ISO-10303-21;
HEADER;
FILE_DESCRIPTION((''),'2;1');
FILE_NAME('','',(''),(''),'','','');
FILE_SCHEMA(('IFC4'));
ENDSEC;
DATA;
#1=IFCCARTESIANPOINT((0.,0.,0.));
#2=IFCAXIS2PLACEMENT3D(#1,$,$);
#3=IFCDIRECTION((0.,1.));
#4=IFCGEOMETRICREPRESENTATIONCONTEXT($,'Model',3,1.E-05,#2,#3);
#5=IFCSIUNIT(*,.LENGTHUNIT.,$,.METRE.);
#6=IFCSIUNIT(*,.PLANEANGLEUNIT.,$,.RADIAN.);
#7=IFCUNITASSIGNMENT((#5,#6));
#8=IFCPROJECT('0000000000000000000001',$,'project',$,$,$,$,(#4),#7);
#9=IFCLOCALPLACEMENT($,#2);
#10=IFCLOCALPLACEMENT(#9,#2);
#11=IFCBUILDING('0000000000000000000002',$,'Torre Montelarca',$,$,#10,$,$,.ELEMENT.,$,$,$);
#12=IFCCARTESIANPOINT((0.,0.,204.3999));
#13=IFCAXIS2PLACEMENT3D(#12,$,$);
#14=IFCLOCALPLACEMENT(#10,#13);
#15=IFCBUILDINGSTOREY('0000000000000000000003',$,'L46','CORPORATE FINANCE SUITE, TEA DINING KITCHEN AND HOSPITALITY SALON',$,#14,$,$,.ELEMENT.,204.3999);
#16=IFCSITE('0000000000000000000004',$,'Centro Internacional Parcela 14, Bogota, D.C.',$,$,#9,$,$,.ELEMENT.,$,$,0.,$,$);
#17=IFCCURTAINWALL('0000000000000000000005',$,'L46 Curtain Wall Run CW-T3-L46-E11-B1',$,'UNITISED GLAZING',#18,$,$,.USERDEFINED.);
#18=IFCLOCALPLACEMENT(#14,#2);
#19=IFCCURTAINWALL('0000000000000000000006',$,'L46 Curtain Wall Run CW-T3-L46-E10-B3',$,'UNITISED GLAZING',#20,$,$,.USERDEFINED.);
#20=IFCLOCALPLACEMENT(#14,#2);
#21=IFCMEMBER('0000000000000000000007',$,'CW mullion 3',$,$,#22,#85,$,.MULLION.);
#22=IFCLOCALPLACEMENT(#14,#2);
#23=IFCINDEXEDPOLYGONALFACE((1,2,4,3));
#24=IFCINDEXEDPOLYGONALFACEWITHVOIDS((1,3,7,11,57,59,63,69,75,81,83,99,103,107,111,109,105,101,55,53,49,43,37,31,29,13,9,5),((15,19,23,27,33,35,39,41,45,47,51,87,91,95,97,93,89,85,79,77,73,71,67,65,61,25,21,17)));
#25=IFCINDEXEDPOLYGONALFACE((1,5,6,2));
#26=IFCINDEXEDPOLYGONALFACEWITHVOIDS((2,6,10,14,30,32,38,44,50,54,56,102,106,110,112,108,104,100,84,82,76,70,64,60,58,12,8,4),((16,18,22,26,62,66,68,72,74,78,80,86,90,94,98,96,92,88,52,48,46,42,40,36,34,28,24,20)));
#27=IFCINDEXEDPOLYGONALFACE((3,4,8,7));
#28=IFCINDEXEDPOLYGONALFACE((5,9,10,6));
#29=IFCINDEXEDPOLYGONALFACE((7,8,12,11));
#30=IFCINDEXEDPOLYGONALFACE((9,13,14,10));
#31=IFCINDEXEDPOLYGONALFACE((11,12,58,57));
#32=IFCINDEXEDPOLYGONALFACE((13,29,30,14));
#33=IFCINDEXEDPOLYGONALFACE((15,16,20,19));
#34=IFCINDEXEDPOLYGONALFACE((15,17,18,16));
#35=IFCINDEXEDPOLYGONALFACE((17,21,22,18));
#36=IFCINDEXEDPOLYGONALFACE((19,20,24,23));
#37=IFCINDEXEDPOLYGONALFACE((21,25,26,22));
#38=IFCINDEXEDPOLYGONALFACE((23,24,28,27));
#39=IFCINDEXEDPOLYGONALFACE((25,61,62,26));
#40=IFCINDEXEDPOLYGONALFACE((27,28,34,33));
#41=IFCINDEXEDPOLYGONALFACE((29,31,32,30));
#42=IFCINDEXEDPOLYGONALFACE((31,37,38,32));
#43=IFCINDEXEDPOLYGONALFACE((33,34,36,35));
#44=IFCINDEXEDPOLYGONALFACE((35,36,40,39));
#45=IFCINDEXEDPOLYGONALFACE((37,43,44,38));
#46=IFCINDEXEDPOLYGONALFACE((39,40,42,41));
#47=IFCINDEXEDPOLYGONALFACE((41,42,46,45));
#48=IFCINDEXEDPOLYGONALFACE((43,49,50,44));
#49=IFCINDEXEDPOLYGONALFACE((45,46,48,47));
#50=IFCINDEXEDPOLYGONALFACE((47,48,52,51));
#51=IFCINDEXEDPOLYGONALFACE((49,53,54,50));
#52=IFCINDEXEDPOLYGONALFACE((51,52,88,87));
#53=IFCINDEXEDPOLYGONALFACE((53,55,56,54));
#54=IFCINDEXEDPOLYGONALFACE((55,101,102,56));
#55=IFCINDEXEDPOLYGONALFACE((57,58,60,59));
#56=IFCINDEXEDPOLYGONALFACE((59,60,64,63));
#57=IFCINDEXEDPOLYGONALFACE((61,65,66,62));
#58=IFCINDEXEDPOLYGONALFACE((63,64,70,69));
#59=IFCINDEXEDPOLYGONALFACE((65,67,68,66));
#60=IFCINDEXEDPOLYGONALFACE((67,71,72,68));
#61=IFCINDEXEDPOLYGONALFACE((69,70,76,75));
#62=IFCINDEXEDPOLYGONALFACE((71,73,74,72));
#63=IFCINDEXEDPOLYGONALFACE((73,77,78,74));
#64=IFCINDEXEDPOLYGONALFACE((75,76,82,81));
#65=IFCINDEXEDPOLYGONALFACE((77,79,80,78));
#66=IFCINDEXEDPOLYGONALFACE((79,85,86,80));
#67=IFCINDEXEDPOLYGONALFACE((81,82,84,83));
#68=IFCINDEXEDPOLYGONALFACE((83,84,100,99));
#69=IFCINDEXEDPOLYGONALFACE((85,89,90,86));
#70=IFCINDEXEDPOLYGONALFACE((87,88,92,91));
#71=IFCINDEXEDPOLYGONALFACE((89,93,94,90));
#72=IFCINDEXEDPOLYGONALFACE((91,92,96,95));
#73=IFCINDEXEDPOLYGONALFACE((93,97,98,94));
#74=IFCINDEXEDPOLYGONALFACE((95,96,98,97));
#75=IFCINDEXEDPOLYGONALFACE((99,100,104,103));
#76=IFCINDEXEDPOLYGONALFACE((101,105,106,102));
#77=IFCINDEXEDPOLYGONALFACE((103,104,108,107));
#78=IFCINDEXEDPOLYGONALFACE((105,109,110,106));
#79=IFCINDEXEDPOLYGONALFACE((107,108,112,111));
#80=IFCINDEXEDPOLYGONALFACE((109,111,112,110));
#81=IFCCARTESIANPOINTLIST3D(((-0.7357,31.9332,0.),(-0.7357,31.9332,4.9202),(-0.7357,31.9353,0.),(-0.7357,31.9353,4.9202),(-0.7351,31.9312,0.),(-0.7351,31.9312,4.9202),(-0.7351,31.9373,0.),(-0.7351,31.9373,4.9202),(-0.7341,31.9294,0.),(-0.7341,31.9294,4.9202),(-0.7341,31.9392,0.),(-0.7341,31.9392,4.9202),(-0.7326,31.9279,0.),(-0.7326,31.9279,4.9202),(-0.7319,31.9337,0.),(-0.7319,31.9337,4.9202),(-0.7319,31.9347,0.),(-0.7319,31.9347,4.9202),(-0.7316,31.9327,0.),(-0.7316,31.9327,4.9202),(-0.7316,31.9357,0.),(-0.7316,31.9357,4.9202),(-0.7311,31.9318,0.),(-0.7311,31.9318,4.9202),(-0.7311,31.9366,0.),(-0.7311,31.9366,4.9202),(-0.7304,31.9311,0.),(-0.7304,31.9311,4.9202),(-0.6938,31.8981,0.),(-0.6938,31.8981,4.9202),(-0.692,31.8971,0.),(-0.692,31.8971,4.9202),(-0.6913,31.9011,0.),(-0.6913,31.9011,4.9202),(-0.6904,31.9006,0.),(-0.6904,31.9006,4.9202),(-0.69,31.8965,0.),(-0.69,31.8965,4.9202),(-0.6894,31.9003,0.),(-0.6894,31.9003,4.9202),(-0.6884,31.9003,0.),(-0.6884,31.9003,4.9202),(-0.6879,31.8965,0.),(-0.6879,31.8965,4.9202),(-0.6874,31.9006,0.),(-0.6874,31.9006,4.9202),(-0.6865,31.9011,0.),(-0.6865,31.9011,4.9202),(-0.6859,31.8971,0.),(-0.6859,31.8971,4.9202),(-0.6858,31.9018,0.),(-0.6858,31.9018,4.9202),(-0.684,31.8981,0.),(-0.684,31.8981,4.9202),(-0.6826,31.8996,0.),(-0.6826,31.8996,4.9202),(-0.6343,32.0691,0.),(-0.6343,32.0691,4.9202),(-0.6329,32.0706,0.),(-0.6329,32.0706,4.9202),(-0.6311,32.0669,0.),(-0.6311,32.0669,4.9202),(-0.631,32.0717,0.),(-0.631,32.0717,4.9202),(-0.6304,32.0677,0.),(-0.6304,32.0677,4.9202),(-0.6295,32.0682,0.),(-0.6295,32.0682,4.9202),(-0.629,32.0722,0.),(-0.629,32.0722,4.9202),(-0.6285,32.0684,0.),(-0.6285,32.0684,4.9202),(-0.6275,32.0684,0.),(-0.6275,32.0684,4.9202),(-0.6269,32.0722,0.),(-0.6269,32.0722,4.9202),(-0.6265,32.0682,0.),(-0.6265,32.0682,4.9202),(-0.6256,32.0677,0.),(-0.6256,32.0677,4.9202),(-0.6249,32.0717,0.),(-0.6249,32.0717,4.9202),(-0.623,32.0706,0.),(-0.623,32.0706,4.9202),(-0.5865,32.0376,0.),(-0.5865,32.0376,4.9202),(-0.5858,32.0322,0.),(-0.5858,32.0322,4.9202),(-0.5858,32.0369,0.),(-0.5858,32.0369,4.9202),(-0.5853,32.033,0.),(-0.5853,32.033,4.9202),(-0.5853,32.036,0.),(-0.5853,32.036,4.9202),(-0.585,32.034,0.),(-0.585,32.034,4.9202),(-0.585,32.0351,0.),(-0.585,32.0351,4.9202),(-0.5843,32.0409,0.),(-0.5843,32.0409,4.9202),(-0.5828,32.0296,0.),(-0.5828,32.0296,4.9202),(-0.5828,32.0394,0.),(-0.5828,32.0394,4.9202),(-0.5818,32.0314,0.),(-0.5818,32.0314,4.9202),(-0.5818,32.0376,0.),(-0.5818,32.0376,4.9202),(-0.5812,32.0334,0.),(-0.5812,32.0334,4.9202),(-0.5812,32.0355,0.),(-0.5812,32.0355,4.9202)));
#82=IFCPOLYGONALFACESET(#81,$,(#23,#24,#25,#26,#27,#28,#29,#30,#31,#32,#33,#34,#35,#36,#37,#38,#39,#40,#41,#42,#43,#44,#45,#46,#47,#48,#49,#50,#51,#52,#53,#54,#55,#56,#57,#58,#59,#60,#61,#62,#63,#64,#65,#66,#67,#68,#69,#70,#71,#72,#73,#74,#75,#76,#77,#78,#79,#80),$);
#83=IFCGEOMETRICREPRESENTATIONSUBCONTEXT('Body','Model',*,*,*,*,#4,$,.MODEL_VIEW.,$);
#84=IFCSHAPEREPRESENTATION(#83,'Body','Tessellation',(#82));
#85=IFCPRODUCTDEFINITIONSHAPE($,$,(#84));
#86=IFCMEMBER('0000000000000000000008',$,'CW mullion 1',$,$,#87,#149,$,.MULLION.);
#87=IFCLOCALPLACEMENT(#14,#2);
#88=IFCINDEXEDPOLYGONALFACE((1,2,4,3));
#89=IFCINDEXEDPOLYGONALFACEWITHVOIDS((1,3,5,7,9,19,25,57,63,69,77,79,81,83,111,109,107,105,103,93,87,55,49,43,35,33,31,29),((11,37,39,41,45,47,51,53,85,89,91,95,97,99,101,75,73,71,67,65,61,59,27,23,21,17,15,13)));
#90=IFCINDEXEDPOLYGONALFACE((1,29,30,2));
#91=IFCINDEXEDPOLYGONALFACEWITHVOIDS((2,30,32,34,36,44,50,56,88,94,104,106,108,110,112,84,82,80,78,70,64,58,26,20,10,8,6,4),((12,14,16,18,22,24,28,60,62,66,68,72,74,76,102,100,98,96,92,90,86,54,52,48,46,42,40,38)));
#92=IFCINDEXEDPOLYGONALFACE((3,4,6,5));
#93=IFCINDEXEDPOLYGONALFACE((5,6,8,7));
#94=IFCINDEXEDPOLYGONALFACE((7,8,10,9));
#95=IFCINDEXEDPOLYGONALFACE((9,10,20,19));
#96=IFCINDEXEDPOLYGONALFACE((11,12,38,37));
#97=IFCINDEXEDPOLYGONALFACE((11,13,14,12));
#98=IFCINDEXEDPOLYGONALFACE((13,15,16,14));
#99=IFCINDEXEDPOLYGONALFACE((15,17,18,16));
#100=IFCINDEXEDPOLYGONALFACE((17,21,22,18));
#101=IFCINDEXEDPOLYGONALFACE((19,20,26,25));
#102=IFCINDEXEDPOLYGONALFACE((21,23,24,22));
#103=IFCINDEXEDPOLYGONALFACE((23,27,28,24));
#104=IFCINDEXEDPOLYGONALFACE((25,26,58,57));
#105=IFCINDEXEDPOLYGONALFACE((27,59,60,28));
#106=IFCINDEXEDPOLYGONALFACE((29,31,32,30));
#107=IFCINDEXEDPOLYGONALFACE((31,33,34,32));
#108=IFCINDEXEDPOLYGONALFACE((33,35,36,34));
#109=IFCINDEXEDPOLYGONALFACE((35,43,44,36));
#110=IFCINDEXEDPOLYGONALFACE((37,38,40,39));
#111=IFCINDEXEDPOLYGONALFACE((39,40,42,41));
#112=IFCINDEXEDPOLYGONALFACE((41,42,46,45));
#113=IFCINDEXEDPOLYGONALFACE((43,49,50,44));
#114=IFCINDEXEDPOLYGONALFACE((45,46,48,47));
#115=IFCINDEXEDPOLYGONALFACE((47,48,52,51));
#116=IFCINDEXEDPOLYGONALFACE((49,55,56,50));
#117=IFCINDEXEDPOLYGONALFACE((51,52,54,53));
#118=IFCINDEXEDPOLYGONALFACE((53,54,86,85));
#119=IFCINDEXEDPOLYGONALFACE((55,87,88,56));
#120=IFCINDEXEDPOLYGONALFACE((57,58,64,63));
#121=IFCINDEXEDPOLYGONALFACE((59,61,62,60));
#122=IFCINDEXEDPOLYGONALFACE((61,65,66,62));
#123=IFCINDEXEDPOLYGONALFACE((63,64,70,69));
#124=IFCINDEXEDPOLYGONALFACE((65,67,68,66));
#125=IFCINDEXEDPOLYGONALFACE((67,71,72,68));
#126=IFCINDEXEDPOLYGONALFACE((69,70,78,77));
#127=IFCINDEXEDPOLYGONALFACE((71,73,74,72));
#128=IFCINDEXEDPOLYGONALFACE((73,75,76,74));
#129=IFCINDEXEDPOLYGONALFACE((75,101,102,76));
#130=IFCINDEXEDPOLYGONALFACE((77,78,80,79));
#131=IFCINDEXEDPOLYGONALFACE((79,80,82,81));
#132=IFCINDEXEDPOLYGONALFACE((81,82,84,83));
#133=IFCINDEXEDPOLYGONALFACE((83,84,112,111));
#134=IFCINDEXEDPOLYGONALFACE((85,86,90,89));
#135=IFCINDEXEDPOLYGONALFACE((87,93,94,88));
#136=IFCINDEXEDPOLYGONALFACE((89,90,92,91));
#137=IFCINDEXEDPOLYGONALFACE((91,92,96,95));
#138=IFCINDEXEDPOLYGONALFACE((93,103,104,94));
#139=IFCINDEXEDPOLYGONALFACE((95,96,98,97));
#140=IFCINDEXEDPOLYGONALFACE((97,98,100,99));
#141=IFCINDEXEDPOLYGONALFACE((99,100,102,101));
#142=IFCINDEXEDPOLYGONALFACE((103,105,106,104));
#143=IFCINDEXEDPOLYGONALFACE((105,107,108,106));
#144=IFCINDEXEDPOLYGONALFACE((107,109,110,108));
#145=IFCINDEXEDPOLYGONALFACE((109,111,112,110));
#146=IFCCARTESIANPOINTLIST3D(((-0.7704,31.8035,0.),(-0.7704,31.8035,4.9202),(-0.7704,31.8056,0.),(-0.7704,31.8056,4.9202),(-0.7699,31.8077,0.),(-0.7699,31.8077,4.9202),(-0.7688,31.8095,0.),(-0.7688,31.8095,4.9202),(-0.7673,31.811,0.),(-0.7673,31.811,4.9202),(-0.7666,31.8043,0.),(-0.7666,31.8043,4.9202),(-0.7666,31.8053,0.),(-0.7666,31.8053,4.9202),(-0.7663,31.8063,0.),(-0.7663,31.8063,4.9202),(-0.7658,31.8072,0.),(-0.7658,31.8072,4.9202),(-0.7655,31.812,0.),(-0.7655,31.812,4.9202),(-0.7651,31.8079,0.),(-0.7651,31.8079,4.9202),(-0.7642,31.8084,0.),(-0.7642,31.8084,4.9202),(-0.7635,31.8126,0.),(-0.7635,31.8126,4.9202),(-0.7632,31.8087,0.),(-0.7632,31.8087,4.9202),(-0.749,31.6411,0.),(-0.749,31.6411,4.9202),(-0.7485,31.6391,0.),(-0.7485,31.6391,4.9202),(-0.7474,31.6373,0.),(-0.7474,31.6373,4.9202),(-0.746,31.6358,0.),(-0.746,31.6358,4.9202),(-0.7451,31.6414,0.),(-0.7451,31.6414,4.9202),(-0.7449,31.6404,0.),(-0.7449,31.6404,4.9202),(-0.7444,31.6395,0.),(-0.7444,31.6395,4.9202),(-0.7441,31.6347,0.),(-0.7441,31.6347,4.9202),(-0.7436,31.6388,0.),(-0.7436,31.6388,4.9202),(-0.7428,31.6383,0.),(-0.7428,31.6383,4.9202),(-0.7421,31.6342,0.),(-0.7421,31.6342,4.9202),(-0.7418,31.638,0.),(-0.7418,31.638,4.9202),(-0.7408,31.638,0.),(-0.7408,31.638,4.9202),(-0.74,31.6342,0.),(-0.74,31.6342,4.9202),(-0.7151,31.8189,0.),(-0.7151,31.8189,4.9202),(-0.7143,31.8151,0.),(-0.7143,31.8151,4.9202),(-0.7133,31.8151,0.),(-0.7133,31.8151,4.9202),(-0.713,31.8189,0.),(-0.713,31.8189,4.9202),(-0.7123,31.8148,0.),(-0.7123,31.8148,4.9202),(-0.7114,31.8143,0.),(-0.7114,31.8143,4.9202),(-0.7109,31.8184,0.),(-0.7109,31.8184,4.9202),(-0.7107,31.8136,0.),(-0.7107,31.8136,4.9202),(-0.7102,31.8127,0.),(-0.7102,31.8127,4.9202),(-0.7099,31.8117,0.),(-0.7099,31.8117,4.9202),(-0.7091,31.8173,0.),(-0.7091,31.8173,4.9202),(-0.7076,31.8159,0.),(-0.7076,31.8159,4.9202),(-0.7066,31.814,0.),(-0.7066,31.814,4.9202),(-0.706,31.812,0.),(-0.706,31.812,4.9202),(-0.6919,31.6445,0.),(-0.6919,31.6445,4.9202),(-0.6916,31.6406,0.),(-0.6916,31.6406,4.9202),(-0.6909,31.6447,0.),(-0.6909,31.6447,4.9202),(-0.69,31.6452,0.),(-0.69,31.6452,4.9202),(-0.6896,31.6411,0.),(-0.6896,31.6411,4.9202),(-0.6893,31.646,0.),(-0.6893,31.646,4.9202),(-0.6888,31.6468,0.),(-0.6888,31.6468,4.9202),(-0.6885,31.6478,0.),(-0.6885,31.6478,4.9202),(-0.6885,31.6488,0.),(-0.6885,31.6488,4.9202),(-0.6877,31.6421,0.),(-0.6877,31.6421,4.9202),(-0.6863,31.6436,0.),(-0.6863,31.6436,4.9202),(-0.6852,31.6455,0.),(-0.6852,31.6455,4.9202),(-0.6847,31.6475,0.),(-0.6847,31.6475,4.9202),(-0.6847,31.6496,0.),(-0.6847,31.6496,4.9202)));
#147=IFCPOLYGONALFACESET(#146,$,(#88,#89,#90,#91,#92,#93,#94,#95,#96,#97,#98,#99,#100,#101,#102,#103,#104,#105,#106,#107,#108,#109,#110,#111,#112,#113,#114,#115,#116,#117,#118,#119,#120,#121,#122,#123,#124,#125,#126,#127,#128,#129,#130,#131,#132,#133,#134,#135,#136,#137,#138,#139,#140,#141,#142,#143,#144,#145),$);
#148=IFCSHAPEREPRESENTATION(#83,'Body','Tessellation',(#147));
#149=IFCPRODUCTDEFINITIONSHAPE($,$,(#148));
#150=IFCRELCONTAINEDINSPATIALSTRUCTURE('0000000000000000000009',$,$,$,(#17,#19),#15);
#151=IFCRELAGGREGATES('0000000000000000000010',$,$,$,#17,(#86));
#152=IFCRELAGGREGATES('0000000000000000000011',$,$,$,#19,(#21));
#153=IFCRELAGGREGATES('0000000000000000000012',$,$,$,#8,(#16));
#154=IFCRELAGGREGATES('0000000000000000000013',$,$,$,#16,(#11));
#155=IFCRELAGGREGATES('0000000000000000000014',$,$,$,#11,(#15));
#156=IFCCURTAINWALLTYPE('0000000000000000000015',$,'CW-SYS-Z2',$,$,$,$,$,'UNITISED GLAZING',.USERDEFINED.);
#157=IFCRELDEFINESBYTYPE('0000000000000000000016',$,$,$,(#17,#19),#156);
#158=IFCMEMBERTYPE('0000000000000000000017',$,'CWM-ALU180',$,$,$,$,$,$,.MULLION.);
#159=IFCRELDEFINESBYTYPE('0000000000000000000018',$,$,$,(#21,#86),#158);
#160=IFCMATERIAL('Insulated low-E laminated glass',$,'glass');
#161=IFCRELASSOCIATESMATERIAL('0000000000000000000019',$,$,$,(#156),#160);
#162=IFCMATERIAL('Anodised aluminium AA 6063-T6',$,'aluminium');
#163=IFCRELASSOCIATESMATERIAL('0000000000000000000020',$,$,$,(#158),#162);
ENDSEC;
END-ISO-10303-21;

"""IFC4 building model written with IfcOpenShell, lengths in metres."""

from ifc_helpers import new_model, si_unit, direction, frame, origin, origin_2d, place, context, subcontext, project, spatial, hollow_rectangle, extrude, source, transform, mapped, material, material_profile, profile_set, type_object, element, aggregate, save


model = new_model("IFC4")

# Units and contexts
model_context = context("Model", 3, precision=1e-05, world=origin(), true_north=direction((0.0, 1.0)))
body_context = subcontext(model_context, "Body", "Model", "MODEL_VIEW")
ifc_project = project(units=[si_unit("LENGTHUNIT", "METRE"), si_unit("PLANEANGLEUNIT", "RADIAN")], contexts=[model_context])

# Site, building, storey
site_placement = place(None, origin())
site = spatial("IfcSite", under=ifc_project, at=site_placement, Name="Centro Internacional Parcela 14, Bogota, D.C.", CompositionType="ELEMENT", RefElevation=0.0)
building_placement = place(site_placement, origin())
building = spatial("IfcBuilding", under=site, at=building_placement, Name="Torre Montelarca", CompositionType="ELEMENT")
storey_placement = place(building_placement, frame((0.0, 0.0, 204.3999)))
storey = spatial("IfcBuildingStorey", under=building, at=storey_placement, Name="L46", Description="CORPORATE FINANCE SUITE, TEA DINING KITCHEN AND HOSPITALITY SALON", CompositionType="ELEMENT", Elevation=204.3999)

# Curtain walls, member
ifc_material_1 = material(Name="Insulated low-E laminated glass", Category="glass")
curtain_wall_type = type_object("IfcCurtainWallType", Name="CW-SYS-Z2", ElementType="UNITISED GLAZING", PredefinedType="USERDEFINED", material=ifc_material_1)
curtain_wall_1_placement = place(storey_placement, origin())
curtain_wall_1 = element("IfcCurtainWall", 1, at=curtain_wall_1_placement, inside=storey, type_object=curtain_wall_type, Name="L46 Curtain Wall Run CW-T3-L46-E11-B1", ObjectType="UNITISED GLAZING", PredefinedType="USERDEFINED")
ifc_material_2 = material(Name="Anodised aluminium AA 6063-T6", Category="aluminium")
curtain_wall_2_placement = place(storey_placement, origin())
curtain_wall_2 = element("IfcCurtainWall", 2, at=curtain_wall_2_placement, inside=storey, type_object=curtain_wall_type, Name="L46 Curtain Wall Run CW-T3-L46-E10-B3", ObjectType="UNITISED GLAZING", PredefinedType="USERDEFINED")
ifc_material_profile_1 = material_profile(ifc_material_2, hollow_rectangle(XDim=0.0649, YDim=0.1799, WallThickness=0.0039, InnerFilletRadius=0.0039, OuterFilletRadius=0.0081, at=origin_2d()), Name="ALU65X180X4", Category="aluminium")
ifc_profile_set_1 = profile_set([ifc_material_profile_1], Name="Anodised aluminium AA 6063-T6")
member_type_1 = type_object("IfcMemberType", Name="CWM-ALU180", PredefinedType="MULLION", material=ifc_profile_set_1)
shared_shape_1 = source(origin(), body_context, "Body", "SweptSolid", [
    extrude(hollow_rectangle(XDim=0.0649, YDim=0.1799, WallThickness=0.0039, InnerFilletRadius=0.0039, OuterFilletRadius=0.0081, at=origin_2d()), origin(), (0.0, 0.0, 1.0), 4.9202),
])
member_1_placement = place(storey_placement, frame((-0.6584, 31.9844, 0.0), z_axis=(0.0, 0.0, 1.0), x_axis=(0.79335, -0.608765, 0.0)))
member_1 = element("IfcMember", 3, at=member_1_placement, type_object=member_type_1, Name="CW mullion 3", PredefinedType="MULLION", context=body_context, shape_type="MappedRepresentation", body=[
    mapped(shared_shape_1, transform((0.0, 0.0, 0.0), scale=1.0)),
])

# Member
member_2_placement = place(storey_placement, frame((-0.7275, 31.7266, 0.0), z_axis=(0.0, 0.0, 1.0), x_axis=(0.991446, 0.130514, 0.0)))
member_2 = element("IfcMember", 4, at=member_2_placement, type_object=member_type_1, Name="CW mullion 1", PredefinedType="MULLION", context=body_context, shape_type="MappedRepresentation", body=[
    mapped(shared_shape_1, transform((0.0, 0.0, 0.0), scale=1.0)),
])
aggregate(curtain_wall_1, [member_2])

aggregate(curtain_wall_2, [member_1])

save(model, "model.ifc")
